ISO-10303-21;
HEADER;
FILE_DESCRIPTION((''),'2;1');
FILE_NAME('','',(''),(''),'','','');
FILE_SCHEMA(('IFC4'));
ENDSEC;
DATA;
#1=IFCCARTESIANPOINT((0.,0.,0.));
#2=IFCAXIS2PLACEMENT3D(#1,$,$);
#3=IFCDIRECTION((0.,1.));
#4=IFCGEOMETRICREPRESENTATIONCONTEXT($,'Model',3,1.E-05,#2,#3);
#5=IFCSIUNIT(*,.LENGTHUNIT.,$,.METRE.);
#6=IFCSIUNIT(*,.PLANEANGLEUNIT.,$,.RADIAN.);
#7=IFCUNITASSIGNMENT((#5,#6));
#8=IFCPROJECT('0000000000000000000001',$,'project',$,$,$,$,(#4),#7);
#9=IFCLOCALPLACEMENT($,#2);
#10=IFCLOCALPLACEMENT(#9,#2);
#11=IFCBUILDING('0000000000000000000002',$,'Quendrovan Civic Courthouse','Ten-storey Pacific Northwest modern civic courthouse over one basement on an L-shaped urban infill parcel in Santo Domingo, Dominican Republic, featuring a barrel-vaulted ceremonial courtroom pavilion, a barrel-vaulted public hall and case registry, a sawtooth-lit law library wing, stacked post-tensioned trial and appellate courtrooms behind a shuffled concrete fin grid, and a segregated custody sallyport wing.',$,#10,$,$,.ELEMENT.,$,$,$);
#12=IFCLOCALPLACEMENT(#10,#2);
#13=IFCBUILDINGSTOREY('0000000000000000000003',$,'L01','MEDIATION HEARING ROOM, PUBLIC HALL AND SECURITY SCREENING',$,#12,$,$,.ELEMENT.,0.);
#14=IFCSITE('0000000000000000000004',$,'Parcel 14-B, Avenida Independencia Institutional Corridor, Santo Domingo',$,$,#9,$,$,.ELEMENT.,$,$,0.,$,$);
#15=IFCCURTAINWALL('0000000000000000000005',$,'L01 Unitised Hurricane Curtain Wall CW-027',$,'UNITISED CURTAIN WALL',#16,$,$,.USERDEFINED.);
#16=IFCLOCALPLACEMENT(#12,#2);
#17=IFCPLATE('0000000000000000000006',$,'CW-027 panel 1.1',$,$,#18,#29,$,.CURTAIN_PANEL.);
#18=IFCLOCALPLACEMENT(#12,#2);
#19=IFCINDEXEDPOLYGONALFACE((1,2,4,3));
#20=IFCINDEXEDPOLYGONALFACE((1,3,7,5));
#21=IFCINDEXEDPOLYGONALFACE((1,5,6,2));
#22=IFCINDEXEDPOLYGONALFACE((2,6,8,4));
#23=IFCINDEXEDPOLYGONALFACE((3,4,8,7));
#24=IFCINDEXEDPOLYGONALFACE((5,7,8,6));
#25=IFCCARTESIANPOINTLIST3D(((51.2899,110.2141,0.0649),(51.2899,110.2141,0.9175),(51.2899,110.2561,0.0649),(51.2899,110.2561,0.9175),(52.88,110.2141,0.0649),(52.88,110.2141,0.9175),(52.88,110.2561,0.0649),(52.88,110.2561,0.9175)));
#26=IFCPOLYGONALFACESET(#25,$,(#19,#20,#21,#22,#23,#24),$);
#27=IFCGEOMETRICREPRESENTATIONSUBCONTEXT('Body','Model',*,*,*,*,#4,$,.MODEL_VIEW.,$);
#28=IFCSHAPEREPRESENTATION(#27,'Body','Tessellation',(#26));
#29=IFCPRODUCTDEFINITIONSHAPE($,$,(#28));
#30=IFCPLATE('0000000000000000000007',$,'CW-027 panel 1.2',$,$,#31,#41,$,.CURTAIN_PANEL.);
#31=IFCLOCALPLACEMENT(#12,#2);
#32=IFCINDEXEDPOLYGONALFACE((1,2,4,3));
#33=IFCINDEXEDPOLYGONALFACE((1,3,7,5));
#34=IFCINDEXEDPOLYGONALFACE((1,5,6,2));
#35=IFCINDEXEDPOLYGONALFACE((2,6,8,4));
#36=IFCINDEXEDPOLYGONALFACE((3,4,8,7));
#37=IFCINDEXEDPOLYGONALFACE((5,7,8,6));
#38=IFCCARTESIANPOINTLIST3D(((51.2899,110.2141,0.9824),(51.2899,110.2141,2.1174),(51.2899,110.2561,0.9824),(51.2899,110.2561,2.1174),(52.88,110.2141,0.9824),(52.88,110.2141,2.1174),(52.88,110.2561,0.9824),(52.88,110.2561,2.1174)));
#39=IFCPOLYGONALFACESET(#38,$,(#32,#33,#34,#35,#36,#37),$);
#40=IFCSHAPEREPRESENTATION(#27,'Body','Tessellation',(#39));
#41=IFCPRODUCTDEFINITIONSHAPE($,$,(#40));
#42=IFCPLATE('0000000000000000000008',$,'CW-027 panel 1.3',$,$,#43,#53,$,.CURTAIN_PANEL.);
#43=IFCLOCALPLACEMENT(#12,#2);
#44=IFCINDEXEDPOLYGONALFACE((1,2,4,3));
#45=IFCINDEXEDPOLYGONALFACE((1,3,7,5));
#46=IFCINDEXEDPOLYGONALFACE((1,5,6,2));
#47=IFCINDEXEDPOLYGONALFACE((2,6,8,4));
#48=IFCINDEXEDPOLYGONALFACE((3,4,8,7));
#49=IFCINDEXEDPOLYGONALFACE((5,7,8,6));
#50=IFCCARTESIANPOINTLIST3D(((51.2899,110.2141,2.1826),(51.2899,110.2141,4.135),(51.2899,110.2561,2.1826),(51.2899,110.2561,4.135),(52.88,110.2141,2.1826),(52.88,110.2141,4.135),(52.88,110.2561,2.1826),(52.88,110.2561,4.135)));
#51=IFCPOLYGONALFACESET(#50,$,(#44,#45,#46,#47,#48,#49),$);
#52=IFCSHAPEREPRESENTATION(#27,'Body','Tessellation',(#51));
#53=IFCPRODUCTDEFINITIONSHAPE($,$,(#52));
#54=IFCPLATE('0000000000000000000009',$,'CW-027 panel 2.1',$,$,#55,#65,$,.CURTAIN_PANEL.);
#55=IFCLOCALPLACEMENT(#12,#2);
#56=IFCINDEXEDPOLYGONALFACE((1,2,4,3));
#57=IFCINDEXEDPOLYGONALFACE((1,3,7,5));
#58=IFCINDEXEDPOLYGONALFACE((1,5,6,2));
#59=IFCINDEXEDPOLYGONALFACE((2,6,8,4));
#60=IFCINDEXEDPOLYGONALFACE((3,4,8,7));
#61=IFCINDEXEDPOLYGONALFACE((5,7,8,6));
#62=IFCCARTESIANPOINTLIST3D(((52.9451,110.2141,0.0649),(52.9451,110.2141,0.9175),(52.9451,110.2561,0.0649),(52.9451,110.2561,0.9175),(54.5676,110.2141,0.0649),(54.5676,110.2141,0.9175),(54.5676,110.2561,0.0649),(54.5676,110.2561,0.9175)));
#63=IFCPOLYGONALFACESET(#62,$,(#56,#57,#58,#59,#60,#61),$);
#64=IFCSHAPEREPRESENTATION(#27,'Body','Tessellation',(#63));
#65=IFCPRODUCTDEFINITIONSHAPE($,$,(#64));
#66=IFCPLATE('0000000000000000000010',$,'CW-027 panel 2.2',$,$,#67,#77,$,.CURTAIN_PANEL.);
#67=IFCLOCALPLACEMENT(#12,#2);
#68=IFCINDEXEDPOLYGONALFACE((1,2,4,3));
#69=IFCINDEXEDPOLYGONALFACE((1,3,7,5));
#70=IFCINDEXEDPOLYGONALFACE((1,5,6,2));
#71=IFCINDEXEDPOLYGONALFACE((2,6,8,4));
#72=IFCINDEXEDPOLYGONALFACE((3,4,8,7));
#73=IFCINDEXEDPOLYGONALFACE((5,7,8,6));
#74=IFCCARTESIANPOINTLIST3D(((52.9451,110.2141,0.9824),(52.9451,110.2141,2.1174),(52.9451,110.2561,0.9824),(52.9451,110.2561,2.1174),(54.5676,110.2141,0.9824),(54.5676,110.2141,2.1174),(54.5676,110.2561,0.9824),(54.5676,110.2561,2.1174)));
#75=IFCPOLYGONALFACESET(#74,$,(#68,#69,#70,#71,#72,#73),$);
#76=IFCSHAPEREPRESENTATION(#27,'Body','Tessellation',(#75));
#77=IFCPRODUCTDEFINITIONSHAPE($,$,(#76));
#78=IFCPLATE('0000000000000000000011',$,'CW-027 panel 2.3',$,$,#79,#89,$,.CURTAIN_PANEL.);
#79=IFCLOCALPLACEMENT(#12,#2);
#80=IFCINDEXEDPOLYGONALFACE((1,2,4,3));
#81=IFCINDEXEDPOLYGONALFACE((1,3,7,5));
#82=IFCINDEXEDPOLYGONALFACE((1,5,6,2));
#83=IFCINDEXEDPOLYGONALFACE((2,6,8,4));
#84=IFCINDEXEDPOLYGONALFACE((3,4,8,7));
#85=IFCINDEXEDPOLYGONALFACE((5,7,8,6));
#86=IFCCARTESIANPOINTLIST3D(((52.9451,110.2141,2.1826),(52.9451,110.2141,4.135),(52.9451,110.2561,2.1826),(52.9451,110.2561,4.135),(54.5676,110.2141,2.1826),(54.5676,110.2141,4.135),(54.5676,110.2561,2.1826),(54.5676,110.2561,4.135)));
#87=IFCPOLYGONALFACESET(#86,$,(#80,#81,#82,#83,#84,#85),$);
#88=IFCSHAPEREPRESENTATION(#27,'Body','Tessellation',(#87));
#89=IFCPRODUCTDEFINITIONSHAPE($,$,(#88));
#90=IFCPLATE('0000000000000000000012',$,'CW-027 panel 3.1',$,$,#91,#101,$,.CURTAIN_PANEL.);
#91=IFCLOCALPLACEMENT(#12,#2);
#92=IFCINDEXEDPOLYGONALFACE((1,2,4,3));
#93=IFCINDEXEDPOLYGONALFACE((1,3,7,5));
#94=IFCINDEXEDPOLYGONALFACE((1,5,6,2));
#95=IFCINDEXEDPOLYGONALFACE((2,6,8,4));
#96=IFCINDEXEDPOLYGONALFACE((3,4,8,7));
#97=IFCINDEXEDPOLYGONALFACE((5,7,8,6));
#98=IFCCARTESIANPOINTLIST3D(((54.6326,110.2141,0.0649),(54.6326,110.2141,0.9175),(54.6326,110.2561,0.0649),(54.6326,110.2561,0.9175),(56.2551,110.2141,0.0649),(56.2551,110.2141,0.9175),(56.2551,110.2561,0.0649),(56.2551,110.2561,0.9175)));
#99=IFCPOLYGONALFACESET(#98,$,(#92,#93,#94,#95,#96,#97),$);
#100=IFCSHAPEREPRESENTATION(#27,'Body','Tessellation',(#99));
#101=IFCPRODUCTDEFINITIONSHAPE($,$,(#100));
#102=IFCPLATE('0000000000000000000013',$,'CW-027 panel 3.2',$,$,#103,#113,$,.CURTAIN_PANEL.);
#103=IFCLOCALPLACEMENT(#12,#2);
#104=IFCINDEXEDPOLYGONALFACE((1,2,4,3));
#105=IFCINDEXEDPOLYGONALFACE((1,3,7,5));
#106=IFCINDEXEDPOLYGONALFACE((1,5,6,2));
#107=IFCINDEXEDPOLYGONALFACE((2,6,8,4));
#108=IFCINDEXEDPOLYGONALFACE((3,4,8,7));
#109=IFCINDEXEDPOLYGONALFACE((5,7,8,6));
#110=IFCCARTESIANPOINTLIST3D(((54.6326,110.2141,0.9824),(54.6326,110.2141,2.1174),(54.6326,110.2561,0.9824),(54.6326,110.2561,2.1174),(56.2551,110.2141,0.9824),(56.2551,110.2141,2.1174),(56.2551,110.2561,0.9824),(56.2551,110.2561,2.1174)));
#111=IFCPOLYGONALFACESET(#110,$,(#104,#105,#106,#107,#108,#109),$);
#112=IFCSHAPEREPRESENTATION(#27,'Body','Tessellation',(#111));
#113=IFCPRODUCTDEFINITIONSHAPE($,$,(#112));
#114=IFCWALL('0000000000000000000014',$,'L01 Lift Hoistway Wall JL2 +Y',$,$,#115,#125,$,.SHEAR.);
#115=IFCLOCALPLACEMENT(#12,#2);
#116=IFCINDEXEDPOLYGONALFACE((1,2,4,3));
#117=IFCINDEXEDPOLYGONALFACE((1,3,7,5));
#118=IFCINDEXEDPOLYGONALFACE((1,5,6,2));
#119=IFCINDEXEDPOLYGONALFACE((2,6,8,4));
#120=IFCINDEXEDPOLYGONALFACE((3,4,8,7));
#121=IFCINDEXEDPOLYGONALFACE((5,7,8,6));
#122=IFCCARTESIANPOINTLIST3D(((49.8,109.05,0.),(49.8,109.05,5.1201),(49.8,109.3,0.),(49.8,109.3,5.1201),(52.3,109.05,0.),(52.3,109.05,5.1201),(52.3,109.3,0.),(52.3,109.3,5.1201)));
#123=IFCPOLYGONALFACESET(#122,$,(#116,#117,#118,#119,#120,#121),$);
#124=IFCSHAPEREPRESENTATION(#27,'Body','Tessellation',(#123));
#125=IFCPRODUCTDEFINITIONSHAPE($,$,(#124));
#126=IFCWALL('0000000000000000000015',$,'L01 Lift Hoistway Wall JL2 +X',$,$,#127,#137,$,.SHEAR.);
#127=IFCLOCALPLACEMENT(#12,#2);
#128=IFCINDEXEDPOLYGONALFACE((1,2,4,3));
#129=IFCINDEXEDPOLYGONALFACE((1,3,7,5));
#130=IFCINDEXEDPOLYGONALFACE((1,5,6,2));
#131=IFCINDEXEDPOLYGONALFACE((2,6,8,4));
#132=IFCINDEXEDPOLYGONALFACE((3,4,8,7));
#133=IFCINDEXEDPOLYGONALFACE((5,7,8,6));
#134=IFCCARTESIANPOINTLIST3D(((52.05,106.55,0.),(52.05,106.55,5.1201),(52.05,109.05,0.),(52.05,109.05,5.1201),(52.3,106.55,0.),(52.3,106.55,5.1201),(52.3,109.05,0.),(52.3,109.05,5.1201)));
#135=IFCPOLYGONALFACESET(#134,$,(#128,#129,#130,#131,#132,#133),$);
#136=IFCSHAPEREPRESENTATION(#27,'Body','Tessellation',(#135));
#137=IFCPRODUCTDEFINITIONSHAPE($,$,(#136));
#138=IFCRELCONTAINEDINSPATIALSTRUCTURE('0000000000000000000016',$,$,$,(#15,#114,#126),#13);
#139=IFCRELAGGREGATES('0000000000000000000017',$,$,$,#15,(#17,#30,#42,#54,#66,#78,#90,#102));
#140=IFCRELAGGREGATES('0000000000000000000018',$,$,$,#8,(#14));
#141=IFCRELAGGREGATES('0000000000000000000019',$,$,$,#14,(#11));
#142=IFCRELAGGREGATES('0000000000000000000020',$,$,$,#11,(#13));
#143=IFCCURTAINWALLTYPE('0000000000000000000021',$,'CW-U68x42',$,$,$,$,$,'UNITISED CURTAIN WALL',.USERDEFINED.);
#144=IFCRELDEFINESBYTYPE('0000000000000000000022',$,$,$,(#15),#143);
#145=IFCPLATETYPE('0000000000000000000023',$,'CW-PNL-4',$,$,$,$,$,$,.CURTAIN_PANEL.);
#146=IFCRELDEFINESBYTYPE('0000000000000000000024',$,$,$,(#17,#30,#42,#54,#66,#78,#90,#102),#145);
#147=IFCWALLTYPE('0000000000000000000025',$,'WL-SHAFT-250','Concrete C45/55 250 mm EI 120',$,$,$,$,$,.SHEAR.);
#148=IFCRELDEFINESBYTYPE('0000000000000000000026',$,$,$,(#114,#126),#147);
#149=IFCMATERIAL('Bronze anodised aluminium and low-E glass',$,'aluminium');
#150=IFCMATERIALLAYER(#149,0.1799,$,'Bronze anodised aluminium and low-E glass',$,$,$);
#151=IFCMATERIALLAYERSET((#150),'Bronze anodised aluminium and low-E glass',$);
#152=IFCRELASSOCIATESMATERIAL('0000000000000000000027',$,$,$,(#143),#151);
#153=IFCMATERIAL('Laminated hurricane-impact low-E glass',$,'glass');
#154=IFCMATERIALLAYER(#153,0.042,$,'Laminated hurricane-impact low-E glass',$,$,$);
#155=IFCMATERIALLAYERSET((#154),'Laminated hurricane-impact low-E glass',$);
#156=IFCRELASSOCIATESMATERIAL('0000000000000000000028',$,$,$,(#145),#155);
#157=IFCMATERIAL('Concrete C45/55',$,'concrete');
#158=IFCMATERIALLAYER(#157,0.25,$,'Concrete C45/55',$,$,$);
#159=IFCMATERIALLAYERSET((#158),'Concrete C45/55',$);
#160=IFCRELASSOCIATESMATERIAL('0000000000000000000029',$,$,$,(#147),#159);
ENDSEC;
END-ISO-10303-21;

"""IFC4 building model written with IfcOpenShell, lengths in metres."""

from ifc_helpers import new_model, si_unit, direction, frame, frame_2d, origin, origin_2d, place, context, subcontext, project, spatial, rectangle, extrude, material, layer, layer_set, type_object, element, aggregate, save


model = new_model("IFC4")

# Units and contexts
model_context = context("Model", 3, precision=1e-05, world=origin(), true_north=direction((0.0, 1.0)))
body_context = subcontext(model_context, "Body", "Model", "MODEL_VIEW")
ifc_project = project(units=[si_unit("LENGTHUNIT", "METRE"), si_unit("PLANEANGLEUNIT", "RADIAN")], contexts=[model_context])

# Site, building, storey
site_placement = place(None, origin())
site = spatial("IfcSite", under=ifc_project, at=site_placement, Name="Parcel 14-B, Avenida Independencia Institutional Corridor, Santo Domingo", CompositionType="ELEMENT", RefElevation=0.0)
building_placement = place(site_placement, origin())
building = spatial("IfcBuilding", under=site, at=building_placement, Name="Quendrovan Civic Courthouse", Description="Ten-storey Pacific Northwest modern civic courthouse over one basement on an L-shaped urban infill parcel in Santo Domingo, Dominican Republic, featuring a barrel-vaulted ceremonial courtroom pavilion, a barrel-vaulted public hall and case registry, a sawtooth-lit law library wing, stacked post-tensioned trial and appellate courtrooms behind a shuffled concrete fin grid, and a segregated custody sallyport wing.", CompositionType="ELEMENT")
storey_placement = place(building_placement, origin())
storey = spatial("IfcBuildingStorey", under=building, at=storey_placement, Name="L01", Description="MEDIATION HEARING ROOM, PUBLIC HALL AND SECURITY SCREENING", CompositionType="ELEMENT", Elevation=0.0)

# Curtain wall, plates
ifc_material_1 = material(Name="Bronze anodised aluminium and low-E glass", Category="aluminium")
ifc_layer_1 = layer(ifc_material_1, 0.1799, Name="Bronze anodised aluminium and low-E glass")
ifc_layer_set_1 = layer_set([ifc_layer_1], Name="Bronze anodised aluminium and low-E glass")
curtain_wall_type = type_object("IfcCurtainWallType", Name="CW-U68x42", ElementType="UNITISED CURTAIN WALL", PredefinedType="USERDEFINED", material=ifc_layer_set_1)
curtain_wall_placement = place(storey_placement, origin())
curtain_wall = element("IfcCurtainWall", 1, at=curtain_wall_placement, inside=storey, type_object=curtain_wall_type, Name="L01 Unitised Hurricane Curtain Wall CW-027", ObjectType="UNITISED CURTAIN WALL", PredefinedType="USERDEFINED")
ifc_material_2 = material(Name="Laminated hurricane-impact low-E glass", Category="glass")
ifc_layer_2 = layer(ifc_material_2, 0.042, Name="Laminated hurricane-impact low-E glass")
ifc_layer_set_2 = layer_set([ifc_layer_2], Name="Laminated hurricane-impact low-E glass")
plate_type = type_object("IfcPlateType", Name="CW-PNL-4", PredefinedType="CURTAIN_PANEL", material=ifc_layer_set_2)
plate_1_placement = place(storey_placement, frame((52.085, 110.2351, 0.0649), z_axis=(0.0, 0.0, 1.0), x_axis=(1.0, 0.0, 0.0)))
plate_1 = element("IfcPlate", 2, at=plate_1_placement, type_object=plate_type, Name="CW-027 panel 1.1", PredefinedType="CURTAIN_PANEL", context=body_context, shape_type="SweptSolid", body=[
    extrude(rectangle(XDim=1.5901, YDim=0.042, at=origin_2d()), origin(), (0.0, 0.0, 1.0), 0.8525),
])
plate_2_placement = place(storey_placement, frame((52.085, 110.2351, 0.9824), z_axis=(0.0, 0.0, 1.0), x_axis=(1.0, 0.0, 0.0)))
plate_2 = element("IfcPlate", 3, at=plate_2_placement, type_object=plate_type, Name="CW-027 panel 1.2", PredefinedType="CURTAIN_PANEL", context=body_context, shape_type="SweptSolid", body=[
    extrude(rectangle(XDim=1.5901, YDim=0.042, at=origin_2d()), origin(), (0.0, 0.0, 1.0), 1.135),
])
plate_3_placement = place(storey_placement, frame((52.085, 110.2351, 2.1826), z_axis=(0.0, 0.0, 1.0), x_axis=(1.0, 0.0, 0.0)))
plate_3 = element("IfcPlate", 4, at=plate_3_placement, type_object=plate_type, Name="CW-027 panel 1.3", PredefinedType="CURTAIN_PANEL", context=body_context, shape_type="SweptSolid", body=[
    extrude(rectangle(XDim=1.5901, YDim=0.042, at=origin_2d()), origin(), (0.0, 0.0, 1.0), 1.9524),
])
plate_4_placement = place(storey_placement, frame((53.7563, 110.2351, 0.0649), z_axis=(0.0, 0.0, 1.0), x_axis=(1.0, 0.0, 0.0)))
plate_4 = element("IfcPlate", 5, at=plate_4_placement, type_object=plate_type, Name="CW-027 panel 2.1", PredefinedType="CURTAIN_PANEL", context=body_context, shape_type="SweptSolid", body=[
    extrude(rectangle(XDim=1.6226, YDim=0.042, at=origin_2d()), origin(), (0.0, 0.0, 1.0), 0.8525),
])
plate_5_placement = place(storey_placement, frame((53.7563, 110.2351, 0.9824), z_axis=(0.0, 0.0, 1.0), x_axis=(1.0, 0.0, 0.0)))
plate_5 = element("IfcPlate", 6, at=plate_5_placement, type_object=plate_type, Name="CW-027 panel 2.2", PredefinedType="CURTAIN_PANEL", context=body_context, shape_type="SweptSolid", body=[
    extrude(rectangle(XDim=1.6226, YDim=0.042, at=origin_2d()), origin(), (0.0, 0.0, 1.0), 1.135),
])
plate_6_placement = place(storey_placement, frame((53.7563, 110.2351, 2.1826), z_axis=(0.0, 0.0, 1.0), x_axis=(1.0, 0.0, 0.0)))
plate_6 = element("IfcPlate", 7, at=plate_6_placement, type_object=plate_type, Name="CW-027 panel 2.3", PredefinedType="CURTAIN_PANEL", context=body_context, shape_type="SweptSolid", body=[
    extrude(rectangle(XDim=1.6226, YDim=0.042, at=origin_2d()), origin(), (0.0, 0.0, 1.0), 1.9524),
])
plate_7_placement = place(storey_placement, frame((55.4438, 110.2351, 0.0649), z_axis=(0.0, 0.0, 1.0), x_axis=(1.0, 0.0, 0.0)))
plate_7 = element("IfcPlate", 8, at=plate_7_placement, type_object=plate_type, Name="CW-027 panel 3.1", PredefinedType="CURTAIN_PANEL", context=body_context, shape_type="SweptSolid", body=[
    extrude(rectangle(XDim=1.6226, YDim=0.042, at=origin_2d()), origin(), (0.0, 0.0, 1.0), 0.8525),
])
plate_8_placement = place(storey_placement, frame((55.4438, 110.2351, 0.9824), z_axis=(0.0, 0.0, 1.0), x_axis=(1.0, 0.0, 0.0)))
plate_8 = element("IfcPlate", 9, at=plate_8_placement, type_object=plate_type, Name="CW-027 panel 3.2", PredefinedType="CURTAIN_PANEL", context=body_context, shape_type="SweptSolid", body=[
    extrude(rectangle(XDim=1.6226, YDim=0.042, at=origin_2d()), origin(), (0.0, 0.0, 1.0), 1.135),
])
aggregate(curtain_wall, [plate_1, plate_2, plate_3, plate_4, plate_5, plate_6, plate_7, plate_8])

# Walls
ifc_material_3 = material(Name="Concrete C45/55", Category="concrete")
ifc_layer_3 = layer(ifc_material_3, 0.25, Name="Concrete C45/55")
ifc_layer_set_3 = layer_set([ifc_layer_3], Name="Concrete C45/55")
wall_type = type_object("IfcWallType", Name="WL-SHAFT-250", Description="Concrete C45/55 250 mm EI 120", PredefinedType="SHEAR", material=ifc_layer_set_3)
for number, where, z_axis, x_axis, name in (
    (10, (52.3, 109.175, 0.0), (0.0, 0.0, 1.0), (-1.0, 0.0, 0.0), "L01 Lift Hoistway Wall JL2 +Y"),
    (11, (52.175, 109.05, 0.0), (0.0, 0.0, 1.0), (0.0, -1.0, 0.0), "L01 Lift Hoistway Wall JL2 +X"),
):
    element("IfcWall", number, at=place(storey_placement, frame(where, z_axis=z_axis, x_axis=x_axis)), inside=storey, type_object=wall_type, Name=name, PredefinedType="SHEAR", context=body_context, shape_type="SweptSolid", body=[
        extrude(rectangle(XDim=2.5, YDim=0.25, at=frame_2d((1.25, 0.0))), origin(), (0.0, 0.0, 1.0), 5.1201),
    ])

save(model, "model.ifc")
